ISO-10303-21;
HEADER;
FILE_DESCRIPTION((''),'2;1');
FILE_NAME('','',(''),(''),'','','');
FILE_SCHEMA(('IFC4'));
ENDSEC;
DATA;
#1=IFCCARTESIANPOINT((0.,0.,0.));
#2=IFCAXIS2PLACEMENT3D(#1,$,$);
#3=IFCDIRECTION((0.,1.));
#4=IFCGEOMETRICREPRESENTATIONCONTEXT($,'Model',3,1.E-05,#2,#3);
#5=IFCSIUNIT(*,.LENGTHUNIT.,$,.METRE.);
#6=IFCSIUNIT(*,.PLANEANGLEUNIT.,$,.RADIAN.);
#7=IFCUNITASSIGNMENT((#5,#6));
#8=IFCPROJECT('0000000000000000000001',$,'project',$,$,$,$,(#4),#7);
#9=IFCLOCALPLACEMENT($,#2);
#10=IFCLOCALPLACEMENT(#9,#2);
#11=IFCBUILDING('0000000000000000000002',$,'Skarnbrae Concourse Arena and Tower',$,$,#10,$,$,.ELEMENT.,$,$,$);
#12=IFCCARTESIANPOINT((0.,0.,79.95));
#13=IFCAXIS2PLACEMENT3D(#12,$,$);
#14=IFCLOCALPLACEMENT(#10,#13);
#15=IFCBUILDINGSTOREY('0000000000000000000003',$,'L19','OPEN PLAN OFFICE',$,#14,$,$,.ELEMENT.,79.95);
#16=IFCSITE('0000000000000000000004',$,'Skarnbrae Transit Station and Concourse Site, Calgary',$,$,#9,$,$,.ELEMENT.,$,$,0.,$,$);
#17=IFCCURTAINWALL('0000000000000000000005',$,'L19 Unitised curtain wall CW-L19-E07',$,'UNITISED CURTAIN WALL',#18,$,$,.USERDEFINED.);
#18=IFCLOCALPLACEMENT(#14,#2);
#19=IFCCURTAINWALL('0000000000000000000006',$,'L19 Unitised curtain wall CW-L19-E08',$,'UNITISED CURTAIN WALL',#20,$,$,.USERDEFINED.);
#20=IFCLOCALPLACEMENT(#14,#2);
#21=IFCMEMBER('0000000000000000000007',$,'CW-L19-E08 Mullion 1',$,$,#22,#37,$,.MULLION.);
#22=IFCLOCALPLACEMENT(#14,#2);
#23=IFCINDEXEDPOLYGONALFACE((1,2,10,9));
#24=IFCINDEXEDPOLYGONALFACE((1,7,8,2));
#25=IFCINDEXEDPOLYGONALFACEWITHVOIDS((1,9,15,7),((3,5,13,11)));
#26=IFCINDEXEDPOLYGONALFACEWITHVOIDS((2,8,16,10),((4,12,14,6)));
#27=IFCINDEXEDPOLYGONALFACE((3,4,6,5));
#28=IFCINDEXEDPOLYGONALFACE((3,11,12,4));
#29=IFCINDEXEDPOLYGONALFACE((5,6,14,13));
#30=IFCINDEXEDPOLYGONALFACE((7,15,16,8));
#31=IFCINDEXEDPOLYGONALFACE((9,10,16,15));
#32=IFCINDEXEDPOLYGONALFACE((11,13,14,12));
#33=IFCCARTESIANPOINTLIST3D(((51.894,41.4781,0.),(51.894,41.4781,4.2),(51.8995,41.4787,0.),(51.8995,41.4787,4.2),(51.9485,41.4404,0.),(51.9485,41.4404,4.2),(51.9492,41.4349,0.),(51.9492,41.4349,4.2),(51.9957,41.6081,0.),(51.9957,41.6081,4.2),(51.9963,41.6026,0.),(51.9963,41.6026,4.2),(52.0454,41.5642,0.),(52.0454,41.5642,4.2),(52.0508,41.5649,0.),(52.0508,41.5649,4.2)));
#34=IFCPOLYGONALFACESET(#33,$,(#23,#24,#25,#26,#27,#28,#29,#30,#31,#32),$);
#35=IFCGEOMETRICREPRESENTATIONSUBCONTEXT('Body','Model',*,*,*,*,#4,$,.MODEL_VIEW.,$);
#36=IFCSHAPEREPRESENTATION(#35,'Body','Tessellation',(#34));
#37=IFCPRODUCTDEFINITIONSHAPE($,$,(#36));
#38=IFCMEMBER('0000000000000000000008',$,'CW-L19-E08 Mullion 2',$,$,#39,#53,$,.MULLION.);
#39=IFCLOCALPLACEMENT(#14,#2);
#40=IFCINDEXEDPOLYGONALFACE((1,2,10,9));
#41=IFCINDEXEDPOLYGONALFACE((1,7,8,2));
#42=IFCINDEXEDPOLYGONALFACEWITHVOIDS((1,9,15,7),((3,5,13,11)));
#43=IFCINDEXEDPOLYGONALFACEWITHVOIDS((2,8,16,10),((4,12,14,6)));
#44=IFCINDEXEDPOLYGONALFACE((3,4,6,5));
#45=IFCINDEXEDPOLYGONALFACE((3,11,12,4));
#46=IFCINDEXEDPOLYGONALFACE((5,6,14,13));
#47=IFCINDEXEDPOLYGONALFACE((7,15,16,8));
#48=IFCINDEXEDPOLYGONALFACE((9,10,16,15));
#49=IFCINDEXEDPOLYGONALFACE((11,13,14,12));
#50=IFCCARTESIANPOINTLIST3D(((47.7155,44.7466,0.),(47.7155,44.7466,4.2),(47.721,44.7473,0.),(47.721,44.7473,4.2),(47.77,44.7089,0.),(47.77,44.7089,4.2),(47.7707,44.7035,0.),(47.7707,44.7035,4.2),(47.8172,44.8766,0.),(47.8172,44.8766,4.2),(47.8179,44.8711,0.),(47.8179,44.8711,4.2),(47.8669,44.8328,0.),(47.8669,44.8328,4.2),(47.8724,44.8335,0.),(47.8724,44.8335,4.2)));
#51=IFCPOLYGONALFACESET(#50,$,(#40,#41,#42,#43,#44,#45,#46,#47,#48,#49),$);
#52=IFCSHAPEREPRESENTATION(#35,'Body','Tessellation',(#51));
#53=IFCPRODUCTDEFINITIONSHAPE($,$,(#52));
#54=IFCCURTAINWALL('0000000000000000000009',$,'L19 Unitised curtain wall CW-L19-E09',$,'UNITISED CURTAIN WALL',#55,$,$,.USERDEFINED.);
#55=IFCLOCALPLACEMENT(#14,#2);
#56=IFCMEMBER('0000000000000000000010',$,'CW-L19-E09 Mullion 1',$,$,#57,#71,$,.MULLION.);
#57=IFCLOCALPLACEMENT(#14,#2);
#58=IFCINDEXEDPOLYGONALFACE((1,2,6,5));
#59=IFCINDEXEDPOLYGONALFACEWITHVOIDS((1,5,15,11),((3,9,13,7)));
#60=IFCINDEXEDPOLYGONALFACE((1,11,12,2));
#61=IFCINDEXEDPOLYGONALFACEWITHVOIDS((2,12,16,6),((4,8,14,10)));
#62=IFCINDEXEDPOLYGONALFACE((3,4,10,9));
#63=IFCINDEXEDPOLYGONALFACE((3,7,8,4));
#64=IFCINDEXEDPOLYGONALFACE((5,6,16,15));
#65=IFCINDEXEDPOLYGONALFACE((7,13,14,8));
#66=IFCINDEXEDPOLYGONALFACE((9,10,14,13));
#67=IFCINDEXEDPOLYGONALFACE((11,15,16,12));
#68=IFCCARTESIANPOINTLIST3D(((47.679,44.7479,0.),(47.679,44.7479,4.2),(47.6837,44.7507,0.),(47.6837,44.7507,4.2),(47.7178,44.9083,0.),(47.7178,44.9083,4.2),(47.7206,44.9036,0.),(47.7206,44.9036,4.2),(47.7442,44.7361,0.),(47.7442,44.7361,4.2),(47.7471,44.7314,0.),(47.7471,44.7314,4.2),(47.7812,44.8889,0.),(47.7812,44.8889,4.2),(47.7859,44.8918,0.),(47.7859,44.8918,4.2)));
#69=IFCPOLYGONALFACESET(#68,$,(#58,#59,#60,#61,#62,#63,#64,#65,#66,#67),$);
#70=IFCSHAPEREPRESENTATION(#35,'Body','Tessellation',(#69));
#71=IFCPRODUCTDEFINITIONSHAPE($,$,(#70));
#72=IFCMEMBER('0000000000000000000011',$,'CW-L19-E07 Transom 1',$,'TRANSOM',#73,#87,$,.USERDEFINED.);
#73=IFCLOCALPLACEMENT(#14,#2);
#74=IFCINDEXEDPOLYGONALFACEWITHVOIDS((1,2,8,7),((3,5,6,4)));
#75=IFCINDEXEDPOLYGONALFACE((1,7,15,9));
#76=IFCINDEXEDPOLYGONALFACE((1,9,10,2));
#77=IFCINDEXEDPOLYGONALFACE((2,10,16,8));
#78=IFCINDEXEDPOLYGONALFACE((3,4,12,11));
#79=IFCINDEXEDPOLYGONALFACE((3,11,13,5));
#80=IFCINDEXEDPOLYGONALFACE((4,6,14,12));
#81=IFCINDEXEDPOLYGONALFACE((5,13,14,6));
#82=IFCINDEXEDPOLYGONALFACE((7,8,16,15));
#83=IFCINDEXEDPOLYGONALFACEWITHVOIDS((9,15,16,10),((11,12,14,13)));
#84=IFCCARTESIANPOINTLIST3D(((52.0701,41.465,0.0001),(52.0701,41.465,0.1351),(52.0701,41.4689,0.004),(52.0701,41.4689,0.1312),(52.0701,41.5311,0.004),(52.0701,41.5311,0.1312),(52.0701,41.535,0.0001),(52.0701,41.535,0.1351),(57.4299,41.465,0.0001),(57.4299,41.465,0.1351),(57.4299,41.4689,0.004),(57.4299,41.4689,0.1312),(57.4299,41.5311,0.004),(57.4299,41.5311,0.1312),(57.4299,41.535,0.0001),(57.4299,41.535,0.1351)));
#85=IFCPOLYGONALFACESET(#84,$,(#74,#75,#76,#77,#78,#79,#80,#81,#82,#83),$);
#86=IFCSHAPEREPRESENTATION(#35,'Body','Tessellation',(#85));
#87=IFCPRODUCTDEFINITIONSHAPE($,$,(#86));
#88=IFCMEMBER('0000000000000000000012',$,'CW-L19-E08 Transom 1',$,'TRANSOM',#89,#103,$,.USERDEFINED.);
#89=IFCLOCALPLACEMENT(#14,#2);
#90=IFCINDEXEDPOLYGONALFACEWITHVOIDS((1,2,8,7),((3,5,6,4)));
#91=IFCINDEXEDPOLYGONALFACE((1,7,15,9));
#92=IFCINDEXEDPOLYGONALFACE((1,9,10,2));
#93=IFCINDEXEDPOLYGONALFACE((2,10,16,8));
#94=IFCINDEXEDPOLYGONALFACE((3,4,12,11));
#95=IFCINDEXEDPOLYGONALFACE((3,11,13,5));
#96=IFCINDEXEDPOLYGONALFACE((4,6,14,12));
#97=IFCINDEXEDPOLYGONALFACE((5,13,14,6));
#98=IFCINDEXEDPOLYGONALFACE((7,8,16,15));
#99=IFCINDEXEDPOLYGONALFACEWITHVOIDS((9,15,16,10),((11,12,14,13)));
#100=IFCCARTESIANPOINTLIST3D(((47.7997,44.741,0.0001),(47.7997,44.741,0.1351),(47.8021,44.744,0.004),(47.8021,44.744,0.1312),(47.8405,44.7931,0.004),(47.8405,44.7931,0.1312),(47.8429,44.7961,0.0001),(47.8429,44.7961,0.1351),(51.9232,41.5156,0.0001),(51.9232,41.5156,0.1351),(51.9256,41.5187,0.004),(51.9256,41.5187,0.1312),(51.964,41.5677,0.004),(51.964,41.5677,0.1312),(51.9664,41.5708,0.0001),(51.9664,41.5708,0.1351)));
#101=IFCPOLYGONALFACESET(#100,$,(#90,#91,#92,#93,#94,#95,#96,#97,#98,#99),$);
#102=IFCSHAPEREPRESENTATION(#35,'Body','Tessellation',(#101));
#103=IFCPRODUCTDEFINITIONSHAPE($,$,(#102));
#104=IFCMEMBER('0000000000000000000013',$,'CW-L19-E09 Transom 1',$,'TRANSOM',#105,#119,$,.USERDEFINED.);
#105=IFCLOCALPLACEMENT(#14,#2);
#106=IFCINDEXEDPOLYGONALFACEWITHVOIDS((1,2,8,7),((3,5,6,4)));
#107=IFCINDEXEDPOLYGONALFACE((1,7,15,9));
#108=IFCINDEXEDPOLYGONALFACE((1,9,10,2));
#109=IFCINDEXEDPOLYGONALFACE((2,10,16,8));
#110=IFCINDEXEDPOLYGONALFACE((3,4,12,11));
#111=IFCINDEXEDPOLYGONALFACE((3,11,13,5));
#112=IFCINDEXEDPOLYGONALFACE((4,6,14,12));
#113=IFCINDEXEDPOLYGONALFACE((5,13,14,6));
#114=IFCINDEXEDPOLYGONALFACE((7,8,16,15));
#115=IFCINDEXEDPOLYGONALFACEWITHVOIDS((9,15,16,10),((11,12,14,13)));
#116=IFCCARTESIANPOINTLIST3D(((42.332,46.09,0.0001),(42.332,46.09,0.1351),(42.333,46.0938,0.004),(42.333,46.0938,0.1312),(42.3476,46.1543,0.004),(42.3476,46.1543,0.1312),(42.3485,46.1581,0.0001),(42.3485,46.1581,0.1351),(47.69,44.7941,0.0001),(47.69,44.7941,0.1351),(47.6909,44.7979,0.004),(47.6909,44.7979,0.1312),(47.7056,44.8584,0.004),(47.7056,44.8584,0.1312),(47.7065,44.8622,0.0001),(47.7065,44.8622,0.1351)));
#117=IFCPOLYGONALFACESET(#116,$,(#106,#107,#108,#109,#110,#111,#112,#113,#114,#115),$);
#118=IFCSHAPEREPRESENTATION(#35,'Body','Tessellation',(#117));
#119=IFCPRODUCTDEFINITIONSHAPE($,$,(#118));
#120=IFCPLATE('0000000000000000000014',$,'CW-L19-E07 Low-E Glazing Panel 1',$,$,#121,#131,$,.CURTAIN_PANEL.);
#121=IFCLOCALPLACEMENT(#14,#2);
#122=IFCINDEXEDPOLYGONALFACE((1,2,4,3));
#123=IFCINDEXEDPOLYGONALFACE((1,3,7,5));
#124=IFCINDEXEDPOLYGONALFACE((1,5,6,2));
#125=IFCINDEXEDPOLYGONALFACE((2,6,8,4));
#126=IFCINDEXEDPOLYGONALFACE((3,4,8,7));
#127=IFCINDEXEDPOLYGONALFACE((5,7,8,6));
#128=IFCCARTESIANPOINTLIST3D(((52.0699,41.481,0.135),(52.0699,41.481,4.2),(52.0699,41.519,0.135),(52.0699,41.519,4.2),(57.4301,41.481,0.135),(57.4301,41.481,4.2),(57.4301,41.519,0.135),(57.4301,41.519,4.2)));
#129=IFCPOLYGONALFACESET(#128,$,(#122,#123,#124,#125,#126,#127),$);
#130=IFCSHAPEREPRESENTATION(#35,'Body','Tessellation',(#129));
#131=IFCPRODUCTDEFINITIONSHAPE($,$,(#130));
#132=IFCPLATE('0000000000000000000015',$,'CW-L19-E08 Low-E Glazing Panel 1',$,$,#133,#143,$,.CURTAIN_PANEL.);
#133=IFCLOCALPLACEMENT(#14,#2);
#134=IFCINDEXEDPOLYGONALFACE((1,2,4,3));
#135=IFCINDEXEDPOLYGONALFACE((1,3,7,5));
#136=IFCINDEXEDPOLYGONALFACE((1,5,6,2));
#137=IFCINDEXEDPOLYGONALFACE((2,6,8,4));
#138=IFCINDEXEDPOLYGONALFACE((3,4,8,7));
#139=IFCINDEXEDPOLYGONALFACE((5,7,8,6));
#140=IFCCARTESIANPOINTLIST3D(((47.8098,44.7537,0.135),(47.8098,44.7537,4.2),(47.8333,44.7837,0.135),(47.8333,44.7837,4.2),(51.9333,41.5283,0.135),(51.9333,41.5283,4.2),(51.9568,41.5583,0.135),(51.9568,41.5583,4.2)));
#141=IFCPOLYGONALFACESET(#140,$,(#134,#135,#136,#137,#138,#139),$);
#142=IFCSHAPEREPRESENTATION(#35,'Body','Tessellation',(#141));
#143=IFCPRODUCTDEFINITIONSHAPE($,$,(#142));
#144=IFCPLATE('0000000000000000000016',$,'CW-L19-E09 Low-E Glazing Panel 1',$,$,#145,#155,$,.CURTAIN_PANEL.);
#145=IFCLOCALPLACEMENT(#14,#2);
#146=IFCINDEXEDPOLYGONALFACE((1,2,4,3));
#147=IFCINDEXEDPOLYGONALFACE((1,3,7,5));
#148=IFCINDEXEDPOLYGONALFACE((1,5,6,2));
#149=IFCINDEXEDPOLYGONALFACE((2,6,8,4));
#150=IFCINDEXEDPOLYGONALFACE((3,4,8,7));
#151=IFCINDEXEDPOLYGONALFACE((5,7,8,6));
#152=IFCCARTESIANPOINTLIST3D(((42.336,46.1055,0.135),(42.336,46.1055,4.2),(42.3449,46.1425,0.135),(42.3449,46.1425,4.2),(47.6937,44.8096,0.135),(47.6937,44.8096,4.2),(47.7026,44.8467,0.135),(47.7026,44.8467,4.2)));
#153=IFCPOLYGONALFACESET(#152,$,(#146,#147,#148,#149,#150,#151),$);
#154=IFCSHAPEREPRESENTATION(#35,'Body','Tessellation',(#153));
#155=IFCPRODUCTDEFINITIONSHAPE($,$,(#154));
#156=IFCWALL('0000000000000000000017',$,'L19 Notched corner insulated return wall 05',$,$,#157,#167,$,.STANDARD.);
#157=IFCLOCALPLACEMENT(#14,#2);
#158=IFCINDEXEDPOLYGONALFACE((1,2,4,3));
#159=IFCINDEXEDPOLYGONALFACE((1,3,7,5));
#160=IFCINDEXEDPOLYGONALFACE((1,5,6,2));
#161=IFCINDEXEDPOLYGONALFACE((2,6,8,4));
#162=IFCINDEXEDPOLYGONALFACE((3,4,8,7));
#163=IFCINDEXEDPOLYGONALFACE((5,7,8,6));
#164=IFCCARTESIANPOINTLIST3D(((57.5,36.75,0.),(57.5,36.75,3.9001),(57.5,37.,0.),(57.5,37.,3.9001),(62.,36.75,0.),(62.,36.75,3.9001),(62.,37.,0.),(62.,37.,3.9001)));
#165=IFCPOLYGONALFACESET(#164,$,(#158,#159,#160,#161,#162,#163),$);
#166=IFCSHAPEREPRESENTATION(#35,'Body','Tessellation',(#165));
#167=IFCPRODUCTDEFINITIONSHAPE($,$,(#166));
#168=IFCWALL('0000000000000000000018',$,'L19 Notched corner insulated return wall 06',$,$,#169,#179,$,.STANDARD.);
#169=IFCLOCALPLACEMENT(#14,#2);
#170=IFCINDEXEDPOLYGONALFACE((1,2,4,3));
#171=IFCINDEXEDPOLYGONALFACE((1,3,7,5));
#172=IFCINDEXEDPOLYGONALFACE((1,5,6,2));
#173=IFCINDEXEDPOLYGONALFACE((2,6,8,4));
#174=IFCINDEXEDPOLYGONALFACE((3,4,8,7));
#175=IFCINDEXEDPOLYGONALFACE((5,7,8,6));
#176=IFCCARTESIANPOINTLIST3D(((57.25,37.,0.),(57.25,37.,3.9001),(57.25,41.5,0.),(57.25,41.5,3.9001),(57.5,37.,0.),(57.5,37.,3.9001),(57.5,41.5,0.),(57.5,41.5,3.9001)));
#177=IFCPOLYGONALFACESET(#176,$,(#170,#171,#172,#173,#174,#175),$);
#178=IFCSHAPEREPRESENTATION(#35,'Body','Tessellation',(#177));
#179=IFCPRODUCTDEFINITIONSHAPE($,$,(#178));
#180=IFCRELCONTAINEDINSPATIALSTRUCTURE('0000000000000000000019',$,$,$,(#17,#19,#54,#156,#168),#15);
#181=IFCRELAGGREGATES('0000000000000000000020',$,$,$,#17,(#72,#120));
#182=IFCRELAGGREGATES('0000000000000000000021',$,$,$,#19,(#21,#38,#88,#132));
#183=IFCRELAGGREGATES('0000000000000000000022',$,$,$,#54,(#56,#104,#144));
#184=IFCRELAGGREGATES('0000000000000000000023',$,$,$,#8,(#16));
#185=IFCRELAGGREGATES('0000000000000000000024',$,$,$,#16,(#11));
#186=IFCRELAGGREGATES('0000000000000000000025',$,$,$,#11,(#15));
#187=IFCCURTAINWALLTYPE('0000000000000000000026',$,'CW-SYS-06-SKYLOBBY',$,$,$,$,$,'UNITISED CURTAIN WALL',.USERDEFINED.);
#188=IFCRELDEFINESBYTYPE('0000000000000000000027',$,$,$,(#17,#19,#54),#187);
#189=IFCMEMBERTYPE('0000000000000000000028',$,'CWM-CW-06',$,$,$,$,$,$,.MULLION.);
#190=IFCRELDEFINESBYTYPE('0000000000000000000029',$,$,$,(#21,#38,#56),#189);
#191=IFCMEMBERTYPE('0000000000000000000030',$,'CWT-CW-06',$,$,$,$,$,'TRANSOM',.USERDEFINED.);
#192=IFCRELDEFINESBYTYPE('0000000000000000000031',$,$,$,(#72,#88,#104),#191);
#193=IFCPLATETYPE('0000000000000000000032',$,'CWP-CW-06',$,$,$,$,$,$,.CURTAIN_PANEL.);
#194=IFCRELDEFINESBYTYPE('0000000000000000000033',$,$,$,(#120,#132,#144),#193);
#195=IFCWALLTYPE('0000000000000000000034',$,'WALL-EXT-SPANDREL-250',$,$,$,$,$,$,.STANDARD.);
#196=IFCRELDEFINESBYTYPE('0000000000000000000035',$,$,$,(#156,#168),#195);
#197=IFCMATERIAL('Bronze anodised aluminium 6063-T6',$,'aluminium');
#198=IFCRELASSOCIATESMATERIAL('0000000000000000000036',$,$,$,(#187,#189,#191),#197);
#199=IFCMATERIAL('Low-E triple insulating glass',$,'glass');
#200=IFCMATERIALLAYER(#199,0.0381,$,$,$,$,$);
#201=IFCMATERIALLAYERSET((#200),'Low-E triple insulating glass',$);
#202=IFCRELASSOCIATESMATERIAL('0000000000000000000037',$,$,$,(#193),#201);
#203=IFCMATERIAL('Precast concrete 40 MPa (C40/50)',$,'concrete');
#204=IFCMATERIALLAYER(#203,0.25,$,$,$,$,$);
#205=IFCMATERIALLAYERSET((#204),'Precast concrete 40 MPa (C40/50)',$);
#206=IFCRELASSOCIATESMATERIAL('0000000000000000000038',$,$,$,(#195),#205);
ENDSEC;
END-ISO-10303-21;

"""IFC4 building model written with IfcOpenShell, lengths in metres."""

from ifc_helpers import new_model, si_unit, direction, frame, frame_2d, origin, origin_2d, place, context, subcontext, project, spatial, rectangle, hollow_rectangle, extrude, source, transform, mapped, material, layer, layer_set, material_profile, profile_set, type_object, element, aggregate, save


model = new_model("IFC4")

# Units and contexts
model_context = context("Model", 3, precision=1e-05, world=origin(), true_north=direction((0.0, 1.0)))
body_context = subcontext(model_context, "Body", "Model", "MODEL_VIEW")
ifc_project = project(units=[si_unit("LENGTHUNIT", "METRE"), si_unit("PLANEANGLEUNIT", "RADIAN")], contexts=[model_context])

# Site, building, storey
site_placement = place(None, origin())
site = spatial("IfcSite", under=ifc_project, at=site_placement, Name="Skarnbrae Transit Station and Concourse Site, Calgary", CompositionType="ELEMENT", RefElevation=0.0)
building_placement = place(site_placement, origin())
building = spatial("IfcBuilding", under=site, at=building_placement, Name="Skarnbrae Concourse Arena and Tower", CompositionType="ELEMENT")
storey_placement = place(building_placement, frame((0.0, 0.0, 79.95)))
storey = spatial("IfcBuildingStorey", under=building, at=storey_placement, Name="L19", Description="OPEN PLAN OFFICE", CompositionType="ELEMENT", Elevation=79.95)

# Shared definitions
ifc_material_1 = material(Name="Bronze anodised aluminium 6063-T6", Category="aluminium")
curtain_wall_type = type_object("IfcCurtainWallType", Name="CW-SYS-06-SKYLOBBY", ElementType="UNITISED CURTAIN WALL", PredefinedType="USERDEFINED", material=ifc_material_1)
ifc_material_profile_1 = material_profile(ifc_material_1, hollow_rectangle(XDim=0.0701, YDim=0.165, WallThickness=0.0039, at=origin_2d()), Name="ALU-MULL-70X165")
ifc_profile_set_1 = profile_set([ifc_material_profile_1], Name="Bronze anodised aluminium 6063-T6")
member_type_1 = type_object("IfcMemberType", Name="CWM-CW-06", PredefinedType="MULLION", material=ifc_profile_set_1)
shared_shape_1 = source(origin(), body_context, "Body", "SweptSolid", [
    extrude(hollow_rectangle(XDim=0.0701, YDim=0.165, WallThickness=0.0039, at=origin_2d()), origin(), (0.0, 0.0, 1.0), 4.2),
])

# Curtain walls, members
curtain_wall_1_placement = place(storey_placement, origin())
curtain_wall_1 = element("IfcCurtainWall", 1, at=curtain_wall_1_placement, inside=storey, type_object=curtain_wall_type, Name="L19 Unitised curtain wall CW-L19-E07", ObjectType="UNITISED CURTAIN WALL", PredefinedType="USERDEFINED")
curtain_wall_2_placement = place(storey_placement, origin())
curtain_wall_2 = element("IfcCurtainWall", 2, at=curtain_wall_2_placement, inside=storey, type_object=curtain_wall_type, Name="L19 Unitised curtain wall CW-L19-E08", ObjectType="UNITISED CURTAIN WALL", PredefinedType="USERDEFINED")
member_1_placement = place(storey_placement, frame((51.9724, 41.5215, 0.0), z_axis=(0.0, 0.0, 1.0), x_axis=(-0.787652, 0.616121, 0.0)))
member_1 = element("IfcMember", 3, at=member_1_placement, type_object=member_type_1, Name="CW-L19-E08 Mullion 1", PredefinedType="MULLION", context=body_context, shape_type="MappedRepresentation", body=[
    mapped(shared_shape_1, transform((0.0, 0.0, 0.0))),
])
member_2_placement = place(storey_placement, frame((47.7939, 44.79, 0.0), z_axis=(0.0, 0.0, 1.0), x_axis=(-0.787652, 0.616121, 0.0)))
member_2 = element("IfcMember", 4, at=member_2_placement, type_object=member_type_1, Name="CW-L19-E08 Mullion 2", PredefinedType="MULLION", context=body_context, shape_type="MappedRepresentation", body=[
    mapped(shared_shape_1, transform((0.0, 0.0, 0.0))),
])

# Curtain wall, member
curtain_wall_3_placement = place(storey_placement, origin())
curtain_wall_3 = element("IfcCurtainWall", 5, at=curtain_wall_3_placement, inside=storey, type_object=curtain_wall_type, Name="L19 Unitised curtain wall CW-L19-E09", ObjectType="UNITISED CURTAIN WALL", PredefinedType="USERDEFINED")
member_3_placement = place(storey_placement, frame((47.7324, 44.8198, 0.0), z_axis=(0.0, 0.0, 1.0), x_axis=(-0.971974, 0.23509, 0.0)))
member_3 = element("IfcMember", 6, at=member_3_placement, type_object=member_type_1, Name="CW-L19-E09 Mullion 1", PredefinedType="MULLION", context=body_context, shape_type="MappedRepresentation", body=[
    mapped(shared_shape_1, transform((0.0, 0.0, 0.0))),
])

# Members
ifc_material_profile_2 = material_profile(ifc_material_1, hollow_rectangle(XDim=0.0701, YDim=0.135, WallThickness=0.0039, at=origin_2d()), Name="ALU-TRAN-70X135")
ifc_profile_set_2 = profile_set([ifc_material_profile_2], Name="Bronze anodised aluminium 6063-T6")
member_type_2 = type_object("IfcMemberType", Name="CWT-CW-06", ElementType="TRANSOM", PredefinedType="USERDEFINED", material=ifc_profile_set_2)
shared_shape_2 = source(origin(), body_context, "Body", "SweptSolid", [
    extrude(hollow_rectangle(XDim=0.0701, YDim=0.135, WallThickness=0.0039, at=origin_2d()), origin(), (0.0, 0.0, 1.0), 5.3599),
])
member_4_placement = place(storey_placement, frame((57.4299, 41.5, 0.0676), z_axis=(-1.0, 0.0, 0.0), x_axis=(0.0, -1.0, 0.0)))
member_4 = element("IfcMember", 7, at=member_4_placement, type_object=member_type_2, Name="CW-L19-E07 Transom 1", ObjectType="TRANSOM", PredefinedType="USERDEFINED", context=body_context, shape_type="MappedRepresentation", body=[
    mapped(shared_shape_2, transform((0.0, 0.0, 0.0))),
])
shared_shape_3 = source(origin(), body_context, "Body", "SweptSolid", [
    extrude(hollow_rectangle(XDim=0.0701, YDim=0.135, WallThickness=0.0039, at=origin_2d()), origin(), (0.0, 0.0, 1.0), 5.2351),
])
member_5_placement = place(storey_placement, frame((51.9448, 41.5432, 0.0676), z_axis=(-0.787669, 0.616098, 0.0), x_axis=(-0.616098, -0.787669, 0.0)))
member_5 = element("IfcMember", 8, at=member_5_placement, type_object=member_type_2, Name="CW-L19-E08 Transom 1", ObjectType="TRANSOM", PredefinedType="USERDEFINED", context=body_context, shape_type="MappedRepresentation", body=[
    mapped(shared_shape_3, transform((0.0, 0.0, 0.0))),
])
shared_shape_4 = source(origin(), body_context, "Body", "SweptSolid", [
    extrude(hollow_rectangle(XDim=0.0701, YDim=0.135, WallThickness=0.0039, at=origin_2d()), origin(), (0.0, 0.0, 1.0), 5.5125),
])
member_6_placement = place(storey_placement, frame((47.6982, 44.8281, 0.0676), z_axis=(-0.971974, 0.235088, 0.0), x_axis=(-0.235088, -0.971974, 0.0)))
member_6 = element("IfcMember", 9, at=member_6_placement, type_object=member_type_2, Name="CW-L19-E09 Transom 1", ObjectType="TRANSOM", PredefinedType="USERDEFINED", context=body_context, shape_type="MappedRepresentation", body=[
    mapped(shared_shape_4, transform((0.0, 0.0, 0.0))),
])

# Plates
ifc_material_2 = material(Name="Low-E triple insulating glass", Category="glass")
ifc_layer_1 = layer(ifc_material_2, 0.0381)
ifc_layer_set_1 = layer_set([ifc_layer_1], Name="Low-E triple insulating glass")
plate_type = type_object("IfcPlateType", Name="CWP-CW-06", PredefinedType="CURTAIN_PANEL", material=ifc_layer_set_1)
shared_shape_5 = source(origin(), body_context, "Body", "SweptSolid", [
    extrude(rectangle(XDim=5.3601, YDim=0.0381, at=origin_2d()), origin(), (0.0, 0.0, 1.0), 4.0649),
])
plate_1_placement = place(storey_placement, frame((54.75, 41.5, 0.135), z_axis=(0.0, 0.0, 1.0), x_axis=(-1.0, 0.0, 0.0)))
plate_1 = element("IfcPlate", 10, at=plate_1_placement, type_object=plate_type, Name="CW-L19-E07 Low-E Glazing Panel 1", PredefinedType="CURTAIN_PANEL", context=body_context, shape_type="MappedRepresentation", body=[
    mapped(shared_shape_5, transform((0.0, 0.0, 0.0))),
])
aggregate(curtain_wall_1, [member_4, plate_1])
shared_shape_6 = source(origin(), body_context, "Body", "SweptSolid", [
    extrude(rectangle(XDim=5.2351, YDim=0.0381, at=origin_2d()), origin(), (0.0, 0.0, 1.0), 4.0649),
])
plate_2_placement = place(storey_placement, frame((49.8833, 43.156, 0.135), z_axis=(0.0, 0.0, 1.0), x_axis=(-0.787652, 0.616121, 0.0)))
plate_2 = element("IfcPlate", 11, at=plate_2_placement, type_object=plate_type, Name="CW-L19-E08 Low-E Glazing Panel 1", PredefinedType="CURTAIN_PANEL", context=body_context, shape_type="MappedRepresentation", body=[
    mapped(shared_shape_6, transform((0.0, 0.0, 0.0))),
])
aggregate(curtain_wall_2, [member_1, member_2, member_5, plate_2])
shared_shape_7 = source(origin(), body_context, "Body", "SweptSolid", [
    extrude(rectangle(XDim=5.5122, YDim=0.0381, at=origin_2d()), origin(), (0.0, 0.0, 1.0), 4.0649),
])
plate_3_placement = place(storey_placement, frame((45.0193, 45.4761, 0.135), z_axis=(0.0, 0.0, 1.0), x_axis=(-0.971974, 0.23509, 0.0)))
plate_3 = element("IfcPlate", 12, at=plate_3_placement, type_object=plate_type, Name="CW-L19-E09 Low-E Glazing Panel 1", PredefinedType="CURTAIN_PANEL", context=body_context, shape_type="MappedRepresentation", body=[
    mapped(shared_shape_7, transform((0.0, 0.0, 0.0))),
])
aggregate(curtain_wall_3, [member_3, member_6, plate_3])

# Walls
ifc_material_3 = material(Name="Precast concrete 40 MPa (C40/50)", Category="concrete")
ifc_layer_2 = layer(ifc_material_3, 0.25)
ifc_layer_set_2 = layer_set([ifc_layer_2], Name="Precast concrete 40 MPa (C40/50)")
wall_type_1 = type_object("IfcWallType", Name="WALL-EXT-SPANDREL-250", PredefinedType="STANDARD", material=ifc_layer_set_2)
shared_shape_8 = source(origin(), body_context, "Body", "SweptSolid", [
    extrude(rectangle(XDim=4.5, YDim=0.25, at=frame_2d((2.25, 0.0))), origin(), (0.0, 0.0, 1.0), 3.9001),
])
for number, where, z_axis, x_axis, name in (
    (13, (62.0, 36.875, 0.0), (0.0, 0.0, 1.0), (-1.0, 0.0, 0.0), "L19 Notched corner insulated return wall 05"),
    (14, (57.375, 37.0, 0.0), (0.0, 0.0, 1.0), (0.0, 1.0, 0.0), "L19 Notched corner insulated return wall 06"),
):
    element("IfcWall", number, at=place(storey_placement, frame(where, z_axis=z_axis, x_axis=x_axis)), inside=storey, type_object=wall_type_1, Name=name, PredefinedType="STANDARD", context=body_context, shape_type="MappedRepresentation", body=[
        mapped(shared_shape_8, transform((0.0, 0.0, 0.0))),
    ])

save(model, "model.ifc")
